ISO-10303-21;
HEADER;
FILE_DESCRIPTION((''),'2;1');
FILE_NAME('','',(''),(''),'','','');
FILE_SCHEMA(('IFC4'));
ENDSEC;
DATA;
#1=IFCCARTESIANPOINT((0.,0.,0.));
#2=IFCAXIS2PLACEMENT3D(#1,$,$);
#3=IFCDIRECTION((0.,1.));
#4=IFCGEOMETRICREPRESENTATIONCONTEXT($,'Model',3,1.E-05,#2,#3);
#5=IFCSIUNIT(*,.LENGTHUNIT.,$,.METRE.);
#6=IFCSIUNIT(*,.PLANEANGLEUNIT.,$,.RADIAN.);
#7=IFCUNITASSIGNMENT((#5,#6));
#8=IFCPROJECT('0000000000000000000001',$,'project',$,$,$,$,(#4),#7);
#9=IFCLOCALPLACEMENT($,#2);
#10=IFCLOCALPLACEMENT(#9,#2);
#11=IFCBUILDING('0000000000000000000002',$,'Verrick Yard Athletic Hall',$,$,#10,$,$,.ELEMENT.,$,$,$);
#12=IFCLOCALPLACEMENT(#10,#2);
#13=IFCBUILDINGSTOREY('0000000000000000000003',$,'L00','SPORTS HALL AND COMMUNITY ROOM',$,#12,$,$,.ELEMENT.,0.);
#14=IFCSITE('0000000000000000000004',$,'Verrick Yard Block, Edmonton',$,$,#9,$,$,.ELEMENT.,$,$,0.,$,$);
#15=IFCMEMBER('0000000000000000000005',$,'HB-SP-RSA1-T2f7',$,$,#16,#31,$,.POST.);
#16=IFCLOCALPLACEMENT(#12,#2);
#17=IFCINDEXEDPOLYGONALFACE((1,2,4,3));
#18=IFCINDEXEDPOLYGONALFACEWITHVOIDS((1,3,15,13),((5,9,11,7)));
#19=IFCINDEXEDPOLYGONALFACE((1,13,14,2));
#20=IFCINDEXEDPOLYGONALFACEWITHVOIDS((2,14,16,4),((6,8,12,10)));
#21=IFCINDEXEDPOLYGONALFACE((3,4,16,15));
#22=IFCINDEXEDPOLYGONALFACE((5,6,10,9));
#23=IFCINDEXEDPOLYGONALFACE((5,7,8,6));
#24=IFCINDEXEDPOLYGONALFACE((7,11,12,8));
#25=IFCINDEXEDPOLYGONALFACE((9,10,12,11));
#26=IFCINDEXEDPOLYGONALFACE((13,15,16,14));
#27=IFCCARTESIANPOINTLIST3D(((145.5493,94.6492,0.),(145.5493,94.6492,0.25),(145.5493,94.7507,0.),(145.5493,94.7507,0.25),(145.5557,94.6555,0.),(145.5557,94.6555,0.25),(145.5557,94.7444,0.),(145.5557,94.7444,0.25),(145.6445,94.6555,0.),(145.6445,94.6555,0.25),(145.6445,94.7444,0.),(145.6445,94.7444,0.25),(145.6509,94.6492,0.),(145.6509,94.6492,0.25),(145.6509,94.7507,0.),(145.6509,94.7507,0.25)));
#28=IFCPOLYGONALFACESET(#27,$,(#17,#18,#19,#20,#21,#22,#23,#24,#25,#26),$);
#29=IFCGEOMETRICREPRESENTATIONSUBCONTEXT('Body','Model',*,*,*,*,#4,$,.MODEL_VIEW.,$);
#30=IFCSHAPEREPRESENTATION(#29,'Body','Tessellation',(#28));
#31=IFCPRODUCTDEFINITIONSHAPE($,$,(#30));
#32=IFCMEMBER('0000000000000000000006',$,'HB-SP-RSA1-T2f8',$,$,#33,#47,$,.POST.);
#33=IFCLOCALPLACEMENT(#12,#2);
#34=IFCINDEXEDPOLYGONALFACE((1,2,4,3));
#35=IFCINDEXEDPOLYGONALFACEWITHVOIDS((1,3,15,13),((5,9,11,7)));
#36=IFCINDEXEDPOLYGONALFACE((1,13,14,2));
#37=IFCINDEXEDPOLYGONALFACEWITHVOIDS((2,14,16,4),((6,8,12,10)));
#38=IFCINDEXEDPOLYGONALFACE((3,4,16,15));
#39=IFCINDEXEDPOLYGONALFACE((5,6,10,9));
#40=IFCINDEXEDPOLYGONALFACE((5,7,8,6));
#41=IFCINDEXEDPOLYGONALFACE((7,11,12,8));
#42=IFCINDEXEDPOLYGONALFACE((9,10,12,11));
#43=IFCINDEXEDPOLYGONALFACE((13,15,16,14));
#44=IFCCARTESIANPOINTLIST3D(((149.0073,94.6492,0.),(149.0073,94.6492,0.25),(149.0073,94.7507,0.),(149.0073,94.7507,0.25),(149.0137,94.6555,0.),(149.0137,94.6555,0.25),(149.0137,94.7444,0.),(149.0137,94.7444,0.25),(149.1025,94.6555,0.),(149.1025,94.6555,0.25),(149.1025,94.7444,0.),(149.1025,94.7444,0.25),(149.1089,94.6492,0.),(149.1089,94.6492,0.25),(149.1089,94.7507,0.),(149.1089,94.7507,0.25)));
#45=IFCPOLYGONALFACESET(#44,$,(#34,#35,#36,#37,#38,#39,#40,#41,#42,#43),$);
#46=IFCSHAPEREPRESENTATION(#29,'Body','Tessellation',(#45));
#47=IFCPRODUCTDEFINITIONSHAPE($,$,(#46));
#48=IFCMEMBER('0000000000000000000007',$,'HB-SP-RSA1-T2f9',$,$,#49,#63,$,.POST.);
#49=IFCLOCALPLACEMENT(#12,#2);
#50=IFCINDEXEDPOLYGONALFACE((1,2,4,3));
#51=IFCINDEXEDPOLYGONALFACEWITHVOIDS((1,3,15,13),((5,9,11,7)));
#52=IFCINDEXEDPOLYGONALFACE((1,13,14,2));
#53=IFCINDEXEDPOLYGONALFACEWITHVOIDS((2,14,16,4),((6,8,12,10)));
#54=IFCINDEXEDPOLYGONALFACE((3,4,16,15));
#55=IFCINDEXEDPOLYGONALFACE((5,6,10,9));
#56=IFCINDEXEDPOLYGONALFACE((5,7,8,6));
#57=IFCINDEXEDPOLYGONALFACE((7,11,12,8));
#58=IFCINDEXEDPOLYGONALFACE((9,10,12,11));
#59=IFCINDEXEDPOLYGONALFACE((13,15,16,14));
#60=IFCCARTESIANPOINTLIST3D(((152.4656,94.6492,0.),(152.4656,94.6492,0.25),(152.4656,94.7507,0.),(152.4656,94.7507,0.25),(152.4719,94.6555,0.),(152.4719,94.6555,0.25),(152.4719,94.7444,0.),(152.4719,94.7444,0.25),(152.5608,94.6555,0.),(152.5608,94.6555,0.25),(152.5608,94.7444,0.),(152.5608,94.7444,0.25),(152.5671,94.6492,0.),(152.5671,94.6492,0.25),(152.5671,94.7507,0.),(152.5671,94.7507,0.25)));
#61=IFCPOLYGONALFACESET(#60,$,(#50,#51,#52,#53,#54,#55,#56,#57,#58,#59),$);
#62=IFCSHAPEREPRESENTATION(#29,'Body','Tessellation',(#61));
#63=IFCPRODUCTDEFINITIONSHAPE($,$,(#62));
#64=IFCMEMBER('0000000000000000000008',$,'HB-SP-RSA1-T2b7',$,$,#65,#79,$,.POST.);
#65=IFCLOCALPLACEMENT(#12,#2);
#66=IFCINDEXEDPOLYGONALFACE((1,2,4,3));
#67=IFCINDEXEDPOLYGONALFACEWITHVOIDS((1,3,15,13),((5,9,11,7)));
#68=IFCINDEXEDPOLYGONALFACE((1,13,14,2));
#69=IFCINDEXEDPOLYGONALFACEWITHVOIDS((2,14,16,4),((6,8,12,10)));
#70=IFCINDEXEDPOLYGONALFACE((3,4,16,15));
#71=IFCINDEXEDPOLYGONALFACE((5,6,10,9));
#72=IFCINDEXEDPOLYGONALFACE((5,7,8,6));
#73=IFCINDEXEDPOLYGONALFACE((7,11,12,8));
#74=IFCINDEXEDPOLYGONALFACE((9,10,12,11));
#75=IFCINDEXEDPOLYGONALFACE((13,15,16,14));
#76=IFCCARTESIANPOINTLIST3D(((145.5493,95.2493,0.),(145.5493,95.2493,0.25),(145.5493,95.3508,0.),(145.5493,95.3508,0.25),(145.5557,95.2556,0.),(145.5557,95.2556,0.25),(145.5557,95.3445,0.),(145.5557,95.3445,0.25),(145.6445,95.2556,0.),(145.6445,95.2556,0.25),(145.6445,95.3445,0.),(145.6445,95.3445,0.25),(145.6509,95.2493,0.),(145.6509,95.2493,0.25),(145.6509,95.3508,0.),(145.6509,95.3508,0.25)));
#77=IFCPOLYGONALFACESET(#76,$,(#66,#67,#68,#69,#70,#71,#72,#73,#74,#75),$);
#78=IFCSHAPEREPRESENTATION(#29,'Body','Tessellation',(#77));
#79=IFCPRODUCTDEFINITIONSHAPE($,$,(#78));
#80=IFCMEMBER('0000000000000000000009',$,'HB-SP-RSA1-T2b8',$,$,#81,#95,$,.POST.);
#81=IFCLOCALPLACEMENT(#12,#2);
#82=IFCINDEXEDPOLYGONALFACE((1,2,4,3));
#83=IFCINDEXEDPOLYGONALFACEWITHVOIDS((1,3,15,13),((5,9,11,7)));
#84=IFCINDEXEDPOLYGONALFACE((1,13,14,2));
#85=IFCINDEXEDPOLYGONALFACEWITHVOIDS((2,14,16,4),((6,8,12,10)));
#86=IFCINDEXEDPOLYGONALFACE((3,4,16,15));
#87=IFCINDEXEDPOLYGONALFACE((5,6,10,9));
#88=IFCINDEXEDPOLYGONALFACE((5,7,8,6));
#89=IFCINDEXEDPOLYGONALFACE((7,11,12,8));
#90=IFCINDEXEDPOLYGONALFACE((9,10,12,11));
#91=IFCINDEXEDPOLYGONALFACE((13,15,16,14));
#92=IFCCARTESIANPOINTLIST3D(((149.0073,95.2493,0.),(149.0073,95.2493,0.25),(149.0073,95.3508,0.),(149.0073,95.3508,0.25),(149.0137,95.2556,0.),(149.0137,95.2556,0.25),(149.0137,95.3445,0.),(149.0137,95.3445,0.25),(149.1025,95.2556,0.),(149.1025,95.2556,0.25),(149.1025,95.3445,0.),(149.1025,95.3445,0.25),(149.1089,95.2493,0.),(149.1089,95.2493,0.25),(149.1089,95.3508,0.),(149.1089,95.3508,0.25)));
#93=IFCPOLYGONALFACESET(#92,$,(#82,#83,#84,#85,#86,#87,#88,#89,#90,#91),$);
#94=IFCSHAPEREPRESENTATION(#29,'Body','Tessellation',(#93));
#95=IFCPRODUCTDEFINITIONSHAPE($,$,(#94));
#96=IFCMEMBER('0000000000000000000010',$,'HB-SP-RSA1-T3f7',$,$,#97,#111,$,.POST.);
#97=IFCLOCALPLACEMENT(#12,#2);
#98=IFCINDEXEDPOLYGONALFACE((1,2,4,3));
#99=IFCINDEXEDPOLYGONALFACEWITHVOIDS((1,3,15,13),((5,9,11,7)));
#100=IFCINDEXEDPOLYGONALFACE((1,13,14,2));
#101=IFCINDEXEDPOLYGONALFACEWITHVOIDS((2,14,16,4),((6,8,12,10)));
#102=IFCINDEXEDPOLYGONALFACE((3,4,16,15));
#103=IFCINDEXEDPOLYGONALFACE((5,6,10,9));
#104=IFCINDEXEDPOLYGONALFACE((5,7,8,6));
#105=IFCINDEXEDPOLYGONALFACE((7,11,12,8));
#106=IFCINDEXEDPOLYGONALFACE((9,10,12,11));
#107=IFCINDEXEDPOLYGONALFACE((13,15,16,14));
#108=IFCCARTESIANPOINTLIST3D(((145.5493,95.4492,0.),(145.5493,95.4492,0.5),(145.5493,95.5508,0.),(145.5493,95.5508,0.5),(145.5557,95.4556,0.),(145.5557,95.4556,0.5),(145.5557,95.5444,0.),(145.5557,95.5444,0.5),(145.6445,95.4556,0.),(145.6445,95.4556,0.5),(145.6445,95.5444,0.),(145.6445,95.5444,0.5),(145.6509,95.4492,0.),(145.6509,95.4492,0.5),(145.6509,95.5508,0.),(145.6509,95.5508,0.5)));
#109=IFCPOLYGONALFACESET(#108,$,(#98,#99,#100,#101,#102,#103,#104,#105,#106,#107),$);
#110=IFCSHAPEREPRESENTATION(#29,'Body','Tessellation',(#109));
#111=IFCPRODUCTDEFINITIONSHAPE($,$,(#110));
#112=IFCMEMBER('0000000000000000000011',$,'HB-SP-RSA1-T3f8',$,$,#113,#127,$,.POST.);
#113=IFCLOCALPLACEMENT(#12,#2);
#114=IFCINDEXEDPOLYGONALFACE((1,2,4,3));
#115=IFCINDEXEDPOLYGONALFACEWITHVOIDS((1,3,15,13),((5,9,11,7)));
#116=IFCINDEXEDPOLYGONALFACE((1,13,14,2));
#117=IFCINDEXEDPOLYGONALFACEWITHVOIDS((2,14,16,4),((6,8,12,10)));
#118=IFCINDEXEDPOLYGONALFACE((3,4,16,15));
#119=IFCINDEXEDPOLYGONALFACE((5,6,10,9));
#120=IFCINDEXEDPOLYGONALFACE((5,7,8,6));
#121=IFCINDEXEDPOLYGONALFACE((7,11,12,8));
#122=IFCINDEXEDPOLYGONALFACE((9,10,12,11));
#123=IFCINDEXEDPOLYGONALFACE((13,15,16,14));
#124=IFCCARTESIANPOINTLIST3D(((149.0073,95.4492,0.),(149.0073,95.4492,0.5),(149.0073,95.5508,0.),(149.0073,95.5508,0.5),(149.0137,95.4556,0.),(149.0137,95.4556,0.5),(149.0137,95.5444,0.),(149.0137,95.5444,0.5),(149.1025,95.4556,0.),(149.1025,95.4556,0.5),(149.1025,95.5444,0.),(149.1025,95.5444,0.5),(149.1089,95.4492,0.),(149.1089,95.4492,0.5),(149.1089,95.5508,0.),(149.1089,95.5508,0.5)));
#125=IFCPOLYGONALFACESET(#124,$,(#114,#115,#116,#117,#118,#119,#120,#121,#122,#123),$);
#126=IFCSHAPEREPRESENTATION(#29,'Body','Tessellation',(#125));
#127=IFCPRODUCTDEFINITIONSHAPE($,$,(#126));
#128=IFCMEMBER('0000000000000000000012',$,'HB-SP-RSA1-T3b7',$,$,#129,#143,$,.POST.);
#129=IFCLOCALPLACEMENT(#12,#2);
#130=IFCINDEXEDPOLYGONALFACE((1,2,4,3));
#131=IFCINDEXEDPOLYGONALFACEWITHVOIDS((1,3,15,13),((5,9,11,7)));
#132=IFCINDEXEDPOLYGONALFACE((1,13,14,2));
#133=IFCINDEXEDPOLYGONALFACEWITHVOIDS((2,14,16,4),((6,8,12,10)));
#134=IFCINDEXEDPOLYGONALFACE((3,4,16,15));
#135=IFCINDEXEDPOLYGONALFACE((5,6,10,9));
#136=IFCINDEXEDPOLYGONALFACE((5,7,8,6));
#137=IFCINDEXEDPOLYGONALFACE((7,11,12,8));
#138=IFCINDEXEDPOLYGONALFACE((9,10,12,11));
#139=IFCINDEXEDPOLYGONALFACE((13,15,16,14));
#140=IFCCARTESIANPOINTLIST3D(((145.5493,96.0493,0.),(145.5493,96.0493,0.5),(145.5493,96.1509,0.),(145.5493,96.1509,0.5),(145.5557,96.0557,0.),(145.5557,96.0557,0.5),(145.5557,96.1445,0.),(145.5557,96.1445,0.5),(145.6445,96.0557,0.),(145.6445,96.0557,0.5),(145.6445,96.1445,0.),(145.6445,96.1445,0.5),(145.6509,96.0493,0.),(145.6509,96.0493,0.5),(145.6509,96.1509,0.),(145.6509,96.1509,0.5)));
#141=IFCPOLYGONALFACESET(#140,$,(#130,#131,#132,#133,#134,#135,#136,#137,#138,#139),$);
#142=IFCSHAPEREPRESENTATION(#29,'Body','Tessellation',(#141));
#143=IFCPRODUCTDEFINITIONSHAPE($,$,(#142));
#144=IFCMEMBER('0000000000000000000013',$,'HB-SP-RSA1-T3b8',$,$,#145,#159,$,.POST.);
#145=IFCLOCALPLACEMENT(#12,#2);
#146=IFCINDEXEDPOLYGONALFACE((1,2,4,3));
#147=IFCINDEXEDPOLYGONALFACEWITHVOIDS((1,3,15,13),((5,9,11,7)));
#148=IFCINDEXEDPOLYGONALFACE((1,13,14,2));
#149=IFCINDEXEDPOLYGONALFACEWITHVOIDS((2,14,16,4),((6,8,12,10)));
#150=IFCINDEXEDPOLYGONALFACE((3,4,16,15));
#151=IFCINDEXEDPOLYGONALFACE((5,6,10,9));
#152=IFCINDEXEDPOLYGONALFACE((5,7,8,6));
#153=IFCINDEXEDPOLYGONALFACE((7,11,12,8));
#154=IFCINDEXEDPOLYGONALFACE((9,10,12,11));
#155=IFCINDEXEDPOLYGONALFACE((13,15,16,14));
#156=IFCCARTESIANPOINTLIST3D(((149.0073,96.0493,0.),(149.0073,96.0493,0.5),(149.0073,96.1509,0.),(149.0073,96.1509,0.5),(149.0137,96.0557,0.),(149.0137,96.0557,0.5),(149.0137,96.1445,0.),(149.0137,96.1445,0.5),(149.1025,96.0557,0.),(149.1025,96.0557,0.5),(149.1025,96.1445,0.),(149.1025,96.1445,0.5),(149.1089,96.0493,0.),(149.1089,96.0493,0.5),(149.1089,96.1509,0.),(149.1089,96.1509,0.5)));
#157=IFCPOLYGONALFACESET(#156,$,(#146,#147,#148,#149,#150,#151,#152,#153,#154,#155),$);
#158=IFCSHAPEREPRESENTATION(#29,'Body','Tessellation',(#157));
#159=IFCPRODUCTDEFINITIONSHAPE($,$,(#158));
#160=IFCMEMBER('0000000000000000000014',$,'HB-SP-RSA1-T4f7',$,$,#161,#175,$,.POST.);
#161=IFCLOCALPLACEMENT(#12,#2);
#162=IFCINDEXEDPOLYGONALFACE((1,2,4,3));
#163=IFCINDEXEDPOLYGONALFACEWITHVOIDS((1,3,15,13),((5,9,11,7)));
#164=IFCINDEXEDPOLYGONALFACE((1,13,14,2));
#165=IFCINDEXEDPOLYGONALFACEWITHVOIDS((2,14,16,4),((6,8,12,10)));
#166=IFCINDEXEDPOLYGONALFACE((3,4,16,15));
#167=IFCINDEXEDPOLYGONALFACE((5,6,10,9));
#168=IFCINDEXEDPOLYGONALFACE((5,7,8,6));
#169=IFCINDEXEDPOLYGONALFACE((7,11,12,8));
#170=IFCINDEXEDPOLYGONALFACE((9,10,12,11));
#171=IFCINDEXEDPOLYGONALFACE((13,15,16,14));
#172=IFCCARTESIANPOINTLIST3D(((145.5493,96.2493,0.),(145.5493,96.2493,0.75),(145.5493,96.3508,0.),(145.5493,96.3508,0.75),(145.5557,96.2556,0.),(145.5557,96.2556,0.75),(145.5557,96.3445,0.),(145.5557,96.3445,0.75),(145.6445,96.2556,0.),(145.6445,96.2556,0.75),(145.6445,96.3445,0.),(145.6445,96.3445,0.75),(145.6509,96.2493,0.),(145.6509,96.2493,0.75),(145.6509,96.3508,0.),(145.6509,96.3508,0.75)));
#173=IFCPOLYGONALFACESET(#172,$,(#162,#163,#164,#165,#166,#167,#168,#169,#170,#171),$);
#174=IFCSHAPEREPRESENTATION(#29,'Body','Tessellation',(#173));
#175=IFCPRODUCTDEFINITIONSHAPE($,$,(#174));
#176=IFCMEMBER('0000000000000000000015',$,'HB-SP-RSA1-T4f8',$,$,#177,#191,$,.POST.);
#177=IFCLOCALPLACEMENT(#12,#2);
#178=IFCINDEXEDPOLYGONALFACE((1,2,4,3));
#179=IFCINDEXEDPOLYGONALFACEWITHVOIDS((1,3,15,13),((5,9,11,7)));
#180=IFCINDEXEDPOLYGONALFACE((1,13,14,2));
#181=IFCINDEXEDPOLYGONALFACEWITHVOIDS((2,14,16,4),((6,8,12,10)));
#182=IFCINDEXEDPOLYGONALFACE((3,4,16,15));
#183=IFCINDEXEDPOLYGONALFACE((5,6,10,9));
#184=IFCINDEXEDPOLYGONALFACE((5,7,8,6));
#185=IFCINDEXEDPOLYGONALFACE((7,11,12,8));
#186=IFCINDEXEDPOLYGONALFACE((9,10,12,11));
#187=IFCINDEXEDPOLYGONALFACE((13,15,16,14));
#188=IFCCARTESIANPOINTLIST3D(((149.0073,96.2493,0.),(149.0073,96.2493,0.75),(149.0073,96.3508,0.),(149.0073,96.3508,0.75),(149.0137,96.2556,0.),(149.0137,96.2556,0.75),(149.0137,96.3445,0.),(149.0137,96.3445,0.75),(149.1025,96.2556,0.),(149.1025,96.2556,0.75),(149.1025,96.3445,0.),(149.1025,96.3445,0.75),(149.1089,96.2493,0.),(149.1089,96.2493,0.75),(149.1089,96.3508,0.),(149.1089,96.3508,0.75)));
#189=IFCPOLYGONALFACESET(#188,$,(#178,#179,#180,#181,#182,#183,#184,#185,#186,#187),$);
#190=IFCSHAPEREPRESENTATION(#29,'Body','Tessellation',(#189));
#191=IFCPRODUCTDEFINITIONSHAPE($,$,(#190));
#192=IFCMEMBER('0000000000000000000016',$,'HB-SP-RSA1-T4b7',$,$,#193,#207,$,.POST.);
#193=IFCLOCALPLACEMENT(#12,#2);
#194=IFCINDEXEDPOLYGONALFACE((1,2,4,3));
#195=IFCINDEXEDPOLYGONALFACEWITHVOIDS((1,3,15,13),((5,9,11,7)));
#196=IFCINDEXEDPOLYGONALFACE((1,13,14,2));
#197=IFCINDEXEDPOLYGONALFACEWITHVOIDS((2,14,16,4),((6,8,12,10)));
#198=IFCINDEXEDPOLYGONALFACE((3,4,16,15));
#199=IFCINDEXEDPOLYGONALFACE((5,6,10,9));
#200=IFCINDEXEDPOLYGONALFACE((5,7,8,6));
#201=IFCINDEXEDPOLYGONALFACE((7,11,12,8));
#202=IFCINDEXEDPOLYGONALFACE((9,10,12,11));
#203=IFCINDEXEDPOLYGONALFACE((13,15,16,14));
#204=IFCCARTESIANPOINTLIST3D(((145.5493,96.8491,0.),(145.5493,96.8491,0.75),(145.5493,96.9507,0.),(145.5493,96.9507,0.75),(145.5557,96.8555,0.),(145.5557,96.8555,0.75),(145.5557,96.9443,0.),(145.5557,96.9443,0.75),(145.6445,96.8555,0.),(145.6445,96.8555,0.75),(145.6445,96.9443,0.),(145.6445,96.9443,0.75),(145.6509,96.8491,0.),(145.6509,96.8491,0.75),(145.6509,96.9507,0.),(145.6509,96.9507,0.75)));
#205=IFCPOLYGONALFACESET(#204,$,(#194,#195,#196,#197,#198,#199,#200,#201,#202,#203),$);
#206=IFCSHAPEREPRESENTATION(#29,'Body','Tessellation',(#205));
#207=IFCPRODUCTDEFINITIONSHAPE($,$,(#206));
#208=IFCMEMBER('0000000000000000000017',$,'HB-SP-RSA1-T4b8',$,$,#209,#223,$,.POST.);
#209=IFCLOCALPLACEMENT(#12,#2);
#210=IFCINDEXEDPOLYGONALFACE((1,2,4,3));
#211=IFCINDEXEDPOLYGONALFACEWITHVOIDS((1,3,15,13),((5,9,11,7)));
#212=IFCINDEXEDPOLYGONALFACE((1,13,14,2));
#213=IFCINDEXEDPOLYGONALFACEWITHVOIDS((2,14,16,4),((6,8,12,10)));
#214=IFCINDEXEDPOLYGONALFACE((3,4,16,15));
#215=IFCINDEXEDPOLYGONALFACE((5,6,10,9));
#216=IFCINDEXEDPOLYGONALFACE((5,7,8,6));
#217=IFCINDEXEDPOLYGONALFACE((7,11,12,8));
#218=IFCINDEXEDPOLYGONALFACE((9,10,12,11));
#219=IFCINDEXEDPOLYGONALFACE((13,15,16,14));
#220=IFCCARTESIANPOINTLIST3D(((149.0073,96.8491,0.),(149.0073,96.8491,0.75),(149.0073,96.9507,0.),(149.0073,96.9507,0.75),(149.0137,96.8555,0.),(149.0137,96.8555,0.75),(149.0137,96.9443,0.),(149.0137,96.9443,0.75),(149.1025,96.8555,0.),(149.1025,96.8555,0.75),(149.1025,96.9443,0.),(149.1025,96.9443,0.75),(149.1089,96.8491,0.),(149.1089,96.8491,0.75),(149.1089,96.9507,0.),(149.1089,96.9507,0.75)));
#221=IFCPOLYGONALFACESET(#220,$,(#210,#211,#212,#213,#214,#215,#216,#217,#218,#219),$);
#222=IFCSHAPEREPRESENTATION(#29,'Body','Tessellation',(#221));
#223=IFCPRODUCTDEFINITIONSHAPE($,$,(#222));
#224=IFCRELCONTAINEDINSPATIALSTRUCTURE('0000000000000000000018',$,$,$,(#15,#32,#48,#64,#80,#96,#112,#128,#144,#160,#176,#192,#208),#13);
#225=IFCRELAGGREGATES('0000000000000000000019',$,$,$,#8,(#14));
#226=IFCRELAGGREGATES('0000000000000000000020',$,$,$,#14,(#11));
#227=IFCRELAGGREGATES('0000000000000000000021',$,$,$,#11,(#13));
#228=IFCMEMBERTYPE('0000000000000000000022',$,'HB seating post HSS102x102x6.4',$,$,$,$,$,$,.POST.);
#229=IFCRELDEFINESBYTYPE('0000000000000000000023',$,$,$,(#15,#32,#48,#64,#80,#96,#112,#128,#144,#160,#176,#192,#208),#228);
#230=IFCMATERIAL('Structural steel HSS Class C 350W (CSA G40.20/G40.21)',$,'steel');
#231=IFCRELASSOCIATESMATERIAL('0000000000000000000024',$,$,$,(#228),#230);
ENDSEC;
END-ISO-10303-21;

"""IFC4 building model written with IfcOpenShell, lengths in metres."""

from ifc_helpers import new_model, si_unit, direction, frame, origin, origin_2d, place, context, subcontext, project, spatial, hollow_rectangle, extrude, material, material_profile, profile_set, type_object, element, save


model = new_model("IFC4")

# Units and contexts
model_context = context("Model", 3, precision=1e-05, world=origin(), true_north=direction((0.0, 1.0)))
body_context = subcontext(model_context, "Body", "Model", "MODEL_VIEW")
ifc_project = project(units=[si_unit("LENGTHUNIT", "METRE"), si_unit("PLANEANGLEUNIT", "RADIAN")], contexts=[model_context])

# Site, building, storey
site_placement = place(None, origin())
site = spatial("IfcSite", under=ifc_project, at=site_placement, Name="Verrick Yard Block, Edmonton", CompositionType="ELEMENT", RefElevation=0.0)
building_placement = place(site_placement, origin())
building = spatial("IfcBuilding", under=site, at=building_placement, Name="Verrick Yard Athletic Hall", CompositionType="ELEMENT")
storey_placement = place(building_placement, origin())
storey = spatial("IfcBuildingStorey", under=building, at=storey_placement, Name="L00", Description="SPORTS HALL AND COMMUNITY ROOM", CompositionType="ELEMENT", Elevation=0.0)

# Members
ifc_material = material(Name="Structural steel HSS Class C 350W (CSA G40.20/G40.21)", Category="steel")
ifc_material_profile = material_profile(ifc_material, hollow_rectangle(XDim=0.1016, YDim=0.1016, WallThickness=0.0063, at=origin_2d()), Name="HSS102x102x6.4")
ifc_profile_set = profile_set([ifc_material_profile], Name="Structural steel HSS Class C 350W (CSA G40.20/G40.21)")
member_type = type_object("IfcMemberType", Name="HB seating post HSS102x102x6.4", PredefinedType="POST", material=ifc_profile_set)
for number, where, z_axis, x_axis, name in (
    (1, (145.6001, 94.7, 0.0), (0.0, 0.0, 1.0), (0.0, 1.0, 0.0), "HB-SP-RSA1-T2f7"),
    (2, (149.0581, 94.7, 0.0), (0.0, 0.0, 1.0), (0.0, 1.0, 0.0), "HB-SP-RSA1-T2f8"),
    (3, (152.5164, 94.7, 0.0), (0.0, 0.0, 1.0), (0.0, 1.0, 0.0), "HB-SP-RSA1-T2f9"),
    (4, (145.6001, 95.3, 0.0), (0.0, 0.0, 1.0), (0.0, 1.0, 0.0), "HB-SP-RSA1-T2b7"),
    (5, (149.0581, 95.3, 0.0), (0.0, 0.0, 1.0), (0.0, 1.0, 0.0), "HB-SP-RSA1-T2b8"),
):
    element("IfcMember", number, at=place(storey_placement, frame(where, z_axis=z_axis, x_axis=x_axis)), inside=storey, type_object=member_type, Name=name, PredefinedType="POST", context=body_context, shape_type="SweptSolid", body=[
        extrude(hollow_rectangle(XDim=0.1016, YDim=0.1016, WallThickness=0.0063, at=origin_2d()), origin(), (0.0, 0.0, 1.0), 0.25),
    ])
for number, where, z_axis, x_axis, name in (
    (6, (145.6001, 95.5, 0.0), (0.0, 0.0, 1.0), (0.0, 1.0, 0.0), "HB-SP-RSA1-T3f7"),
    (7, (149.0581, 95.5, 0.0), (0.0, 0.0, 1.0), (0.0, 1.0, 0.0), "HB-SP-RSA1-T3f8"),
    (8, (145.6001, 96.1001, 0.0), (0.0, 0.0, 1.0), (0.0, 1.0, 0.0), "HB-SP-RSA1-T3b7"),
    (9, (149.0581, 96.1001, 0.0), (0.0, 0.0, 1.0), (0.0, 1.0, 0.0), "HB-SP-RSA1-T3b8"),
):
    element("IfcMember", number, at=place(storey_placement, frame(where, z_axis=z_axis, x_axis=x_axis)), inside=storey, type_object=member_type, Name=name, PredefinedType="POST", context=body_context, shape_type="SweptSolid", body=[
        extrude(hollow_rectangle(XDim=0.1016, YDim=0.1016, WallThickness=0.0063, at=origin_2d()), origin(), (0.0, 0.0, 1.0), 0.5),
    ])
for number, where, z_axis, x_axis, name in (
    (10, (145.6001, 96.3, 0.0), (0.0, 0.0, 1.0), (0.0, 1.0, 0.0), "HB-SP-RSA1-T4f7"),
    (11, (149.0581, 96.3, 0.0), (0.0, 0.0, 1.0), (0.0, 1.0, 0.0), "HB-SP-RSA1-T4f8"),
    (12, (145.6001, 96.8999, 0.0), (0.0, 0.0, 1.0), (0.0, 1.0, 0.0), "HB-SP-RSA1-T4b7"),
    (13, (149.0581, 96.8999, 0.0), (0.0, 0.0, 1.0), (0.0, 1.0, 0.0), "HB-SP-RSA1-T4b8"),
):
    element("IfcMember", number, at=place(storey_placement, frame(where, z_axis=z_axis, x_axis=x_axis)), inside=storey, type_object=member_type, Name=name, PredefinedType="POST", context=body_context, shape_type="SweptSolid", body=[
        extrude(hollow_rectangle(XDim=0.1016, YDim=0.1016, WallThickness=0.0063, at=origin_2d()), origin(), (0.0, 0.0, 1.0), 0.75),
    ])

save(model, "model.ifc")
